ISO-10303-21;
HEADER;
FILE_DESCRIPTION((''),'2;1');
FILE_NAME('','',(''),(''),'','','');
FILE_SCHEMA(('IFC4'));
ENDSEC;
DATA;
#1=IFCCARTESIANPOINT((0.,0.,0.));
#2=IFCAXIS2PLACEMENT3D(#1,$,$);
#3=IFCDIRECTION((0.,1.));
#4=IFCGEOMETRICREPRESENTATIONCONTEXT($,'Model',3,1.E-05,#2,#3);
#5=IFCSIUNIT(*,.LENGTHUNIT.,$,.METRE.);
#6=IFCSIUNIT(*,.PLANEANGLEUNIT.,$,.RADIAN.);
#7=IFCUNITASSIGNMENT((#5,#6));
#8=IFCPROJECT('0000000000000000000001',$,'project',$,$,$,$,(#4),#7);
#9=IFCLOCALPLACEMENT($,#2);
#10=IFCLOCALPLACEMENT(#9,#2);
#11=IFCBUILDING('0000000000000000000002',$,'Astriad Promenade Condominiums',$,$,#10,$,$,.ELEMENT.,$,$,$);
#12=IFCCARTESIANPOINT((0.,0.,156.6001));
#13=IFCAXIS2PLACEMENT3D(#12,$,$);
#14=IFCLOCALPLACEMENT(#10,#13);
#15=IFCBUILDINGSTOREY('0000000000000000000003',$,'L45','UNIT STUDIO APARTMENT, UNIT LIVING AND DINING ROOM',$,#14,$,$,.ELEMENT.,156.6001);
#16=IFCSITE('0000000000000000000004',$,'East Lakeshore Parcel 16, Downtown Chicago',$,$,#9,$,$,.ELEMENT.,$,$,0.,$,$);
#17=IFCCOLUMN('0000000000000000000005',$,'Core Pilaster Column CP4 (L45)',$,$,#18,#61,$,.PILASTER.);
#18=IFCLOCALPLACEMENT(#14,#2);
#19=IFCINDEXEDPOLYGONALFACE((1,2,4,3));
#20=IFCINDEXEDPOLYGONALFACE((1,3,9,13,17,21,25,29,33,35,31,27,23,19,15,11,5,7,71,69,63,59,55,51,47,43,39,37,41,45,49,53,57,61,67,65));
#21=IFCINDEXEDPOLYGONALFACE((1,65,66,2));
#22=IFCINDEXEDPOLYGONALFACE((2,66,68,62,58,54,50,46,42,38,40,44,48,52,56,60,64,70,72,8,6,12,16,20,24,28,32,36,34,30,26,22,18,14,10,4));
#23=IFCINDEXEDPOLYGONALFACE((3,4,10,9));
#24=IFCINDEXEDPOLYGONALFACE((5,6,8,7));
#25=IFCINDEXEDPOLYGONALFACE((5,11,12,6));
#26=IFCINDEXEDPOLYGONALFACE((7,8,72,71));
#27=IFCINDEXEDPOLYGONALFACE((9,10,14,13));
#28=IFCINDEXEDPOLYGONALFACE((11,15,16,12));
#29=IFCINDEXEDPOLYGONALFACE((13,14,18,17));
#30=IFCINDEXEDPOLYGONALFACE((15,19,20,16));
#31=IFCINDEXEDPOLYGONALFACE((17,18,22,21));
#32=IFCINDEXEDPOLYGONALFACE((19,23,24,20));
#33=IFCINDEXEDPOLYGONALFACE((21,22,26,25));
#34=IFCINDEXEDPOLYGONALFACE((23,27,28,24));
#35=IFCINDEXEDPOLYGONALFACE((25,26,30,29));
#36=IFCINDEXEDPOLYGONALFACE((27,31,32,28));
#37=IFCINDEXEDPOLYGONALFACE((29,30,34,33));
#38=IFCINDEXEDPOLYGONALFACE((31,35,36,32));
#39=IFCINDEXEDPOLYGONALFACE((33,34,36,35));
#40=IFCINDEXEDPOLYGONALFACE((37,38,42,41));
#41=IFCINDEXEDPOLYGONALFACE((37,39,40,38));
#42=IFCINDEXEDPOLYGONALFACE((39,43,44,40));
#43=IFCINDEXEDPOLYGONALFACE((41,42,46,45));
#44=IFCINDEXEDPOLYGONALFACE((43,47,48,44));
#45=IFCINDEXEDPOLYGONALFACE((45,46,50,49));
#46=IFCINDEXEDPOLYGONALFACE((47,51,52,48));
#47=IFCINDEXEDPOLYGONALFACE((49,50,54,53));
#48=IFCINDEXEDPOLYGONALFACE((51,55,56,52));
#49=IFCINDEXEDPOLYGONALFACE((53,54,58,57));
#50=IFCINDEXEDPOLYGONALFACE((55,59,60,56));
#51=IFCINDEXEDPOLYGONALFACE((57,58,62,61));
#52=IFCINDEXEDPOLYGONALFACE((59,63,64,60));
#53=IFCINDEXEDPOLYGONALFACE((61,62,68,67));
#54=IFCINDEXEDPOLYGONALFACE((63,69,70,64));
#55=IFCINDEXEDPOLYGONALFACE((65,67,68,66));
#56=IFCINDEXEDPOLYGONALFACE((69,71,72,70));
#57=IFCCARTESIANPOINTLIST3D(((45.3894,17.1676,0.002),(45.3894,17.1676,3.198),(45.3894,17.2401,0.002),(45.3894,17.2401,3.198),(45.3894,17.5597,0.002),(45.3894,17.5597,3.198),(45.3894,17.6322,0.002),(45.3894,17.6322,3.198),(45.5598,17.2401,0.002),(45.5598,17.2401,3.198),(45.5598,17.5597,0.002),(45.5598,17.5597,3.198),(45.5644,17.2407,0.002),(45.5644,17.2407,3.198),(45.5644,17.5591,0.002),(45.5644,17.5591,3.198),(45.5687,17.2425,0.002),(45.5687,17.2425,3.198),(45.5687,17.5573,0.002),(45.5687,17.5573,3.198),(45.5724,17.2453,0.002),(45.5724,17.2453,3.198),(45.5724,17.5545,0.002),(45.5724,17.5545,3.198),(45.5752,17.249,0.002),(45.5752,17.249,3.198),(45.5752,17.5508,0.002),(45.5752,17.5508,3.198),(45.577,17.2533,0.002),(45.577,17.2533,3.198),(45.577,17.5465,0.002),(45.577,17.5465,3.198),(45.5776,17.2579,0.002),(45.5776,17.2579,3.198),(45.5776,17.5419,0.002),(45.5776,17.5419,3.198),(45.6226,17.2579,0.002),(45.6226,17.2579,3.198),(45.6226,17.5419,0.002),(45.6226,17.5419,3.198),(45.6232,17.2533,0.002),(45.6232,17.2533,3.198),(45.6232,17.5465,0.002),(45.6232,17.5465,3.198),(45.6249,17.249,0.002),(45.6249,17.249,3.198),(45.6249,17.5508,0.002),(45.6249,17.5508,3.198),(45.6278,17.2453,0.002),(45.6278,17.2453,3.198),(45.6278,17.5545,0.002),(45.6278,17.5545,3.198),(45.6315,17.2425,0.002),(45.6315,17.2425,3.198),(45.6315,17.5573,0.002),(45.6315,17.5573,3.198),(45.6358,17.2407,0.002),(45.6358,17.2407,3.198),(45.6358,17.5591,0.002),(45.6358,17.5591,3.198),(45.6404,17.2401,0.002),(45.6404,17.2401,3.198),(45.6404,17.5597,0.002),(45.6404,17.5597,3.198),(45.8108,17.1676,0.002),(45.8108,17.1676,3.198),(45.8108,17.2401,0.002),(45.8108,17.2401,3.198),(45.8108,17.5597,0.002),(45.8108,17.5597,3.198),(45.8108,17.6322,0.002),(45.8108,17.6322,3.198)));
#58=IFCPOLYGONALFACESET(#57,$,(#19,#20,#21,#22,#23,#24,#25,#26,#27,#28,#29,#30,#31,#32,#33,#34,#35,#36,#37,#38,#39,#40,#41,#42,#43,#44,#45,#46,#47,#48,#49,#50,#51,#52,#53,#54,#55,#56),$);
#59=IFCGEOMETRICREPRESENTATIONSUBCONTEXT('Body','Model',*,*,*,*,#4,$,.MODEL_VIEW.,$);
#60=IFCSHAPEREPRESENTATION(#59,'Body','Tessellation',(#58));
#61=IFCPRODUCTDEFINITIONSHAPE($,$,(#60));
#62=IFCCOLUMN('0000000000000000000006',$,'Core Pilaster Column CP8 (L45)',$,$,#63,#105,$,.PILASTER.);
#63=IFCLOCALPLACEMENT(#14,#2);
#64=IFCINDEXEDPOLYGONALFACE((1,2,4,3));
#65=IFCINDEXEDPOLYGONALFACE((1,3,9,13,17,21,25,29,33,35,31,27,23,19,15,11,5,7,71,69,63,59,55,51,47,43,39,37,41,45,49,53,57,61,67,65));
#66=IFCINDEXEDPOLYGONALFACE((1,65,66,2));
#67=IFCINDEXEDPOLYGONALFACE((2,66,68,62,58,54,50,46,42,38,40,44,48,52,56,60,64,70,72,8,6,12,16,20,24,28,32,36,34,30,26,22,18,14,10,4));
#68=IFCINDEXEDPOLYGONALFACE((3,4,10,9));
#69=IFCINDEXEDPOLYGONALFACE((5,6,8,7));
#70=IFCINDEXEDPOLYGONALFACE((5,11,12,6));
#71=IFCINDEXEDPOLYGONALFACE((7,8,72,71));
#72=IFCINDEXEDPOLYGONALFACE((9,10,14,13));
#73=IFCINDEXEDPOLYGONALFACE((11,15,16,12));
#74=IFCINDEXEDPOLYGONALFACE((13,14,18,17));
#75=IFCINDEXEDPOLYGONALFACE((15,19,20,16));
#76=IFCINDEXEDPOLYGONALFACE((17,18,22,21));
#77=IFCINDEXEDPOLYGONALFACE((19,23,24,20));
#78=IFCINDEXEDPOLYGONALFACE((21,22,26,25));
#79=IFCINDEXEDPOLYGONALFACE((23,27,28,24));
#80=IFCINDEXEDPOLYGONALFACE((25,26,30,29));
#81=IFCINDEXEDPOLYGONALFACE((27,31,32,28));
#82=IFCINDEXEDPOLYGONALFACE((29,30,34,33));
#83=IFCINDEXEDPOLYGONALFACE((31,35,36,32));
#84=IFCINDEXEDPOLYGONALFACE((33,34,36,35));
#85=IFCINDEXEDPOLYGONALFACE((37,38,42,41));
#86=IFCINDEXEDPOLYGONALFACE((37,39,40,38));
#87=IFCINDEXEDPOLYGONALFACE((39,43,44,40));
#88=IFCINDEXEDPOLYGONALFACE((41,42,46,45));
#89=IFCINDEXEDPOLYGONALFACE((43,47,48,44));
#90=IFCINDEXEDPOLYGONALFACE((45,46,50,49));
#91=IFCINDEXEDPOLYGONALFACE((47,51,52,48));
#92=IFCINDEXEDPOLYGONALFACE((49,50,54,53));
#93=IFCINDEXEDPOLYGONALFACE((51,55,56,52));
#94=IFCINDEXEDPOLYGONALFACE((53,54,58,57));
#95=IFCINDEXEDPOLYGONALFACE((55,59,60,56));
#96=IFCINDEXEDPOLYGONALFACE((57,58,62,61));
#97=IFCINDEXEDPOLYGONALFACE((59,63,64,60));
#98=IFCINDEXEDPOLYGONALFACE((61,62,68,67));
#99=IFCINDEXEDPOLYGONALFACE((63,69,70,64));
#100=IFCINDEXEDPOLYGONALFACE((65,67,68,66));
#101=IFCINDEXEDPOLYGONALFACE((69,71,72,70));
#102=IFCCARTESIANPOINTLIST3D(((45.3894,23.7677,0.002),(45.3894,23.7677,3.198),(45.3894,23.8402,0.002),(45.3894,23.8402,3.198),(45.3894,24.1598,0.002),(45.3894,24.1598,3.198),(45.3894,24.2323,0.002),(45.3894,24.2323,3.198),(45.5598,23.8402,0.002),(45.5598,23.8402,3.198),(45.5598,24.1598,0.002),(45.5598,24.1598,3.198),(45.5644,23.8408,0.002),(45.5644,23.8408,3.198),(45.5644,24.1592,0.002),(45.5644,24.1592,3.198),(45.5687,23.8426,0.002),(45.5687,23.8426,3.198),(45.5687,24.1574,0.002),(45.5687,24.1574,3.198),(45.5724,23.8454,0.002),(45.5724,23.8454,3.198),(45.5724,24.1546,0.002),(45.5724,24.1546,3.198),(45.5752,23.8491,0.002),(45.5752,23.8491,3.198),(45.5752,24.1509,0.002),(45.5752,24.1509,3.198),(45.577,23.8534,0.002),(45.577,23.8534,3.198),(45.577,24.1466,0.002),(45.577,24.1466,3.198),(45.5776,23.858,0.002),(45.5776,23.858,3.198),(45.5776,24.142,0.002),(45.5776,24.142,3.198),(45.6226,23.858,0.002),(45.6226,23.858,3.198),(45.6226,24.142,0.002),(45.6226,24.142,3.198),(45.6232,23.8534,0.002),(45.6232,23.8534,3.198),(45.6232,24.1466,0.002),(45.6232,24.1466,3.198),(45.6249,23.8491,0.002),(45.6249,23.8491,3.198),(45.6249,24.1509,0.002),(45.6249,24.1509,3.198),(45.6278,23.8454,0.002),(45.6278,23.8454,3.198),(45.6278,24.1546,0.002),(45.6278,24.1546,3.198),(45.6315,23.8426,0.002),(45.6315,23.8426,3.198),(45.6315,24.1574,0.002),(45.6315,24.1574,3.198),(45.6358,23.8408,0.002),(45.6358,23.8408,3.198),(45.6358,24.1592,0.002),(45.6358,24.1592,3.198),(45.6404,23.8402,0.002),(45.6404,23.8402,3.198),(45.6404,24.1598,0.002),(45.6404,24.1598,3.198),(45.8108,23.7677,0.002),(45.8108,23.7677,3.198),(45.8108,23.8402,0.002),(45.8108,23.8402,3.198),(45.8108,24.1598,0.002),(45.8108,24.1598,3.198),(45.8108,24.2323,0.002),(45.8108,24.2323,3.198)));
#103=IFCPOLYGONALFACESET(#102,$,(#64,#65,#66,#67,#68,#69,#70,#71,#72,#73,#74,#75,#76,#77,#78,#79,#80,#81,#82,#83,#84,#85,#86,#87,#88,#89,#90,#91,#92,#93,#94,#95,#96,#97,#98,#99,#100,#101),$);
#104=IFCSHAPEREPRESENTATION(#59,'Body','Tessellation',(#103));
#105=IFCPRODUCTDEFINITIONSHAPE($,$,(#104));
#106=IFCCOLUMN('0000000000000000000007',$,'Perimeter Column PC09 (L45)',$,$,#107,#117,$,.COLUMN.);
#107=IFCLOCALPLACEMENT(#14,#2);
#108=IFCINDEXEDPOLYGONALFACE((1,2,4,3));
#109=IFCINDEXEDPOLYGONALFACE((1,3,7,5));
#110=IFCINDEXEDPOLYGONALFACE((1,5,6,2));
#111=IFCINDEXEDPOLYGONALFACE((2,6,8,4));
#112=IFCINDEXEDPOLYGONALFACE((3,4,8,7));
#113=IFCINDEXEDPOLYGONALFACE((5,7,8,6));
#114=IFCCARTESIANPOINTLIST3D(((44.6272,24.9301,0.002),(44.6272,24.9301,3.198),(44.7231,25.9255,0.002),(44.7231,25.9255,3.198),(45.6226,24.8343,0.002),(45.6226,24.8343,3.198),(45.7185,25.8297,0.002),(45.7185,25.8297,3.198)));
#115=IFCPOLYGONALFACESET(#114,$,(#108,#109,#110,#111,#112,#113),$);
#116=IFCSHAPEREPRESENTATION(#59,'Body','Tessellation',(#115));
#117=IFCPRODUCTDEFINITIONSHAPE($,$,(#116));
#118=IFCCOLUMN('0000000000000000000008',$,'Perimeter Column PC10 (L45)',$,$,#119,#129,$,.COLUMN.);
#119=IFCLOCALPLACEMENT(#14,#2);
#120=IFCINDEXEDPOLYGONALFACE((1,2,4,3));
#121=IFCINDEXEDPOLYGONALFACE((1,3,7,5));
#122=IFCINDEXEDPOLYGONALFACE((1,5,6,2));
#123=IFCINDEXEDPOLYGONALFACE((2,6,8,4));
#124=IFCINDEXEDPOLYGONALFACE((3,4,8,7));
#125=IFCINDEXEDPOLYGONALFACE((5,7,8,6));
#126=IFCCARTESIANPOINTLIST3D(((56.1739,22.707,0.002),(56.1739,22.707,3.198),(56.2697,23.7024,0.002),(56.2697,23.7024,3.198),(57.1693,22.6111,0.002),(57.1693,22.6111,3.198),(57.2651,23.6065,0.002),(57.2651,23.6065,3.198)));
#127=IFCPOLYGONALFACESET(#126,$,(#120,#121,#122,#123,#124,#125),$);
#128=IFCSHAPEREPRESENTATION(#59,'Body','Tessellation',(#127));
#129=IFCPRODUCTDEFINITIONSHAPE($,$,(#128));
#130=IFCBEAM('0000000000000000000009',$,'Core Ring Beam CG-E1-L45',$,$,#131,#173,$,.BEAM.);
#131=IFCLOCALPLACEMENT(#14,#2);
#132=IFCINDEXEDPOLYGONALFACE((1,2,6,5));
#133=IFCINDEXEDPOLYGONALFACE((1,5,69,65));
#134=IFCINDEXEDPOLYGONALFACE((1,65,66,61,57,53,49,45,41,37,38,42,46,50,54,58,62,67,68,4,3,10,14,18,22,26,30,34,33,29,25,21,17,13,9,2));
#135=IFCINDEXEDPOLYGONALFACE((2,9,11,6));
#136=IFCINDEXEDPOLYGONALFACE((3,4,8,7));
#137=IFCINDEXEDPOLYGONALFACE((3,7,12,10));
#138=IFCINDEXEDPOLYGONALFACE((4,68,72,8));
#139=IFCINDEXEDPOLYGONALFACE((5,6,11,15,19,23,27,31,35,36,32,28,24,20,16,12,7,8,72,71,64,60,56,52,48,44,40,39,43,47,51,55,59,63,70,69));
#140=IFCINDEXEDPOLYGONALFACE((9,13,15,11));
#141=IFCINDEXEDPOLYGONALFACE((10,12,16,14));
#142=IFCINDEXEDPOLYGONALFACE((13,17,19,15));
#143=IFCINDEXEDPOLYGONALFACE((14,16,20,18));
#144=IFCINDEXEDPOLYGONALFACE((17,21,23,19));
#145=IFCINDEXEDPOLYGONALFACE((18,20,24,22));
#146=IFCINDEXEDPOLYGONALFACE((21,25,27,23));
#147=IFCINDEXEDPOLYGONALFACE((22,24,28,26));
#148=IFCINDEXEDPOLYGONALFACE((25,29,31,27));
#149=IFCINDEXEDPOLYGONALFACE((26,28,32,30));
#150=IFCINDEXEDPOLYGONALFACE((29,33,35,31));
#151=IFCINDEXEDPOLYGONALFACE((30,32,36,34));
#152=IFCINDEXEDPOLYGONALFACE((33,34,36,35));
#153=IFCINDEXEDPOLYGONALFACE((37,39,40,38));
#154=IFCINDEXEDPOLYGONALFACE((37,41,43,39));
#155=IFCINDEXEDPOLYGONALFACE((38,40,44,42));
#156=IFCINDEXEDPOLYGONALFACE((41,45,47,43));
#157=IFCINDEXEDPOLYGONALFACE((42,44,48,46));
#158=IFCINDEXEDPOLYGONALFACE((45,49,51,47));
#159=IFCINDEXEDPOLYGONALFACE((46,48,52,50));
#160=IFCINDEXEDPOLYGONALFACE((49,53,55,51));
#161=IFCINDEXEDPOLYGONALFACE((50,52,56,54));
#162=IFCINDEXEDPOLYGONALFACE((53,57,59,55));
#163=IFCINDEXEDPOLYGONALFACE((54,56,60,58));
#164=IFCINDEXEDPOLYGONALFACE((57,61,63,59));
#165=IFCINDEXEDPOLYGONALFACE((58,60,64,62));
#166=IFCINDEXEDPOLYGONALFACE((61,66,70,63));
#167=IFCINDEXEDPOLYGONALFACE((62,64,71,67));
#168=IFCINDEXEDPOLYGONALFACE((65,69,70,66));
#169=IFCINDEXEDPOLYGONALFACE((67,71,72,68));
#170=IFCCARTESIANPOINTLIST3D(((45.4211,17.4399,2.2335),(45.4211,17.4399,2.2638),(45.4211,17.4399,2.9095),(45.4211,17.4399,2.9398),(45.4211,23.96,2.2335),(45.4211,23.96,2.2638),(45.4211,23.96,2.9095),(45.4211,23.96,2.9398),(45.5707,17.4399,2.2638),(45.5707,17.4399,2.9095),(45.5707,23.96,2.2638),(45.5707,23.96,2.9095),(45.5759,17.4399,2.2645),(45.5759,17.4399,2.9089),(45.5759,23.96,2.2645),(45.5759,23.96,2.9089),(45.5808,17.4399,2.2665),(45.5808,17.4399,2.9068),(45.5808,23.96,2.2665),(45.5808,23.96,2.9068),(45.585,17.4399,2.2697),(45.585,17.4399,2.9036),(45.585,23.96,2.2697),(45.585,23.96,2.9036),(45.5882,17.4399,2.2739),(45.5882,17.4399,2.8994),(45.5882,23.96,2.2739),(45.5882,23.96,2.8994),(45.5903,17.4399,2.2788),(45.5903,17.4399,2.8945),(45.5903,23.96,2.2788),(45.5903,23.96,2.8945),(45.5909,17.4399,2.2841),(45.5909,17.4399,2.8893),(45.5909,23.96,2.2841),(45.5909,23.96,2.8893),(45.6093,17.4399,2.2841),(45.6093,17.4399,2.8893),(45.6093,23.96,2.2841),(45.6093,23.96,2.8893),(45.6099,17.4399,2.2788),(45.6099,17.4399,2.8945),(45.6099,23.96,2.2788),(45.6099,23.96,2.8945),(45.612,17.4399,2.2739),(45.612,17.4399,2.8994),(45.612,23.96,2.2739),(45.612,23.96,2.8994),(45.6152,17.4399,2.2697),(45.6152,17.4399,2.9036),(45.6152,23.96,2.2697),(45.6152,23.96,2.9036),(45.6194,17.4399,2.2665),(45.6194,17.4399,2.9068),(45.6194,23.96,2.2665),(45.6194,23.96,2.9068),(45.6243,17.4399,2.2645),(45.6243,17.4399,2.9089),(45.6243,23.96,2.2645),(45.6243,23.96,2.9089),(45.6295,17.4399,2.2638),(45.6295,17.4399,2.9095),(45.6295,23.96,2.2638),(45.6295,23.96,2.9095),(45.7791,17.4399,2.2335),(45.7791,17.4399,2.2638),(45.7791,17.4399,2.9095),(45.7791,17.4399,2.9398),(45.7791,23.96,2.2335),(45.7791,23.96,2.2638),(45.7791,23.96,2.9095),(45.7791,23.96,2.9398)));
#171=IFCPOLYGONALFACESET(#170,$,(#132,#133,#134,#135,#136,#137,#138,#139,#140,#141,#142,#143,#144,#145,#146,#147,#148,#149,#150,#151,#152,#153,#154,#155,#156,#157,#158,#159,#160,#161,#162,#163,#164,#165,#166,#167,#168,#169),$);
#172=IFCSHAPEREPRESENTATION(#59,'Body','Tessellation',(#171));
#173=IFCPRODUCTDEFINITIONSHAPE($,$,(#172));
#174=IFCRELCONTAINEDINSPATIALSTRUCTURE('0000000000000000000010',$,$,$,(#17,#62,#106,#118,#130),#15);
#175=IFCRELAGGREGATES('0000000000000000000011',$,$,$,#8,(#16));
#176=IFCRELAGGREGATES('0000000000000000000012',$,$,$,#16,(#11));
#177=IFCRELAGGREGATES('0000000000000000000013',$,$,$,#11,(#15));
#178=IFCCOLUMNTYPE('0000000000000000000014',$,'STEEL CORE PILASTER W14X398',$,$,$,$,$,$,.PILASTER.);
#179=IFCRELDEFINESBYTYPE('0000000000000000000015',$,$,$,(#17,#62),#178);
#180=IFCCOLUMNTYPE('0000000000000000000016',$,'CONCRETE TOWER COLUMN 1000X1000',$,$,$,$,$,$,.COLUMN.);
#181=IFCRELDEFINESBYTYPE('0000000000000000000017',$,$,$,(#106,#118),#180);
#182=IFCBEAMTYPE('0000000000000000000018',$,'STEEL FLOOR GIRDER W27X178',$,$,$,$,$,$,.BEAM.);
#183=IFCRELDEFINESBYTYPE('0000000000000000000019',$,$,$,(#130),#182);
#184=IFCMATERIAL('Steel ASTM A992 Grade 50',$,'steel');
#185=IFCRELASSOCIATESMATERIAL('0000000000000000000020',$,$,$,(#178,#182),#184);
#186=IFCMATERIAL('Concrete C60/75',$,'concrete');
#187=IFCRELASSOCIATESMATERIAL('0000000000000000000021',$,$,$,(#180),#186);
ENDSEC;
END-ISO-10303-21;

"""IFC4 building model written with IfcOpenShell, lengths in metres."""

from ifc_helpers import new_model, si_unit, direction, frame, origin, origin_2d, place, context, subcontext, project, spatial, rectangle, i_section, extrude, source, transform, mapped, material, material_profile, profile_set, type_object, type_shapes, element, save


model = new_model("IFC4")

# Units and contexts
model_context = context("Model", 3, precision=1e-05, world=origin(), true_north=direction((0.0, 1.0)))
body_context = subcontext(model_context, "Body", "Model", "MODEL_VIEW")
ifc_project = project(units=[si_unit("LENGTHUNIT", "METRE"), si_unit("PLANEANGLEUNIT", "RADIAN")], contexts=[model_context])

# Site, building, storey
site_placement = place(None, origin())
site = spatial("IfcSite", under=ifc_project, at=site_placement, Name="East Lakeshore Parcel 16, Downtown Chicago", CompositionType="ELEMENT", RefElevation=0.0)
building_placement = place(site_placement, origin())
building = spatial("IfcBuilding", under=site, at=building_placement, Name="Astriad Promenade Condominiums", CompositionType="ELEMENT")
storey_placement = place(building_placement, frame((0.0, 0.0, 156.6001)))
storey = spatial("IfcBuildingStorey", under=building, at=storey_placement, Name="L45", Description="UNIT STUDIO APARTMENT, UNIT LIVING AND DINING ROOM", CompositionType="ELEMENT", Elevation=156.6001)

# Columns
ifc_material_1 = material(Name="Steel ASTM A992 Grade 50", Category="steel")
ifc_material_profile_1 = material_profile(ifc_material_1, i_section(OverallWidth=0.4214, OverallDepth=0.4646, WebThickness=0.0449, FlangeThickness=0.0725, FilletRadius=0.0178, at=origin_2d()), Name="W14X398")
ifc_profile_set_1 = profile_set([ifc_material_profile_1], Name="Steel ASTM A992 Grade 50")
column_type_1 = type_object("IfcColumnType", Name="STEEL CORE PILASTER W14X398", PredefinedType="PILASTER", material=ifc_profile_set_1)
shared_shape_1 = source(origin(), body_context, "Body", "SweptSolid", [
    extrude(i_section(OverallWidth=0.4214, OverallDepth=0.4646, WebThickness=0.0449, FlangeThickness=0.0725, FilletRadius=0.0178, at=origin_2d()), origin(), (0.0, 0.0, 1.0), 3.196),
])
type_shapes(column_type_1, [shared_shape_1])
for number, where, z_axis, x_axis, name in (
    (1, (45.6001, 17.3999, 0.002), (0.0, 0.0, 1.0), (1.0, 0.0, 0.0), "Core Pilaster Column CP4 (L45)"),
    (2, (45.6001, 24.0, 0.002), (0.0, 0.0, 1.0), (1.0, 0.0, 0.0), "Core Pilaster Column CP8 (L45)"),
):
    element("IfcColumn", number, at=place(storey_placement, frame(where, z_axis=z_axis, x_axis=x_axis)), inside=storey, type_object=column_type_1, Name=name, PredefinedType="PILASTER", context=body_context, shape_type="MappedRepresentation", body=[
        mapped(shared_shape_1, transform((0.0, 0.0, 0.0), scale=1.0)),
    ])
ifc_material_2 = material(Name="Concrete C60/75", Category="concrete")
ifc_material_profile_2 = material_profile(ifc_material_2, rectangle(XDim=1.0, YDim=1.0, at=origin_2d()), Name="RC-COL-1000X1000")
ifc_profile_set_2 = profile_set([ifc_material_profile_2], Name="Concrete C60/75")
column_type_2 = type_object("IfcColumnType", Name="CONCRETE TOWER COLUMN 1000X1000", PredefinedType="COLUMN", material=ifc_profile_set_2)
shared_shape_2 = source(origin(), body_context, "Body", "SweptSolid", [
    extrude(rectangle(XDim=1.0, YDim=1.0, at=origin_2d()), origin(), (0.0, 0.0, 1.0), 3.196),
])
type_shapes(column_type_2, [shared_shape_2])
for number, where, z_axis, x_axis, name in (
    (3, (45.1729, 25.3799, 0.002), (0.0, 0.0, 1.0), (0.995396, -0.095846, 0.0), "Perimeter Column PC09 (L45)"),
    (4, (56.7195, 23.1567, 0.002), (0.0, 0.0, 1.0), (0.995396, -0.095846, 0.0), "Perimeter Column PC10 (L45)"),
):
    element("IfcColumn", number, at=place(storey_placement, frame(where, z_axis=z_axis, x_axis=x_axis)), inside=storey, type_object=column_type_2, Name=name, PredefinedType="COLUMN", context=body_context, shape_type="MappedRepresentation", body=[
        mapped(shared_shape_2, transform((0.0, 0.0, 0.0), scale=1.0)),
    ])

# Beam
ifc_material_profile_3 = material_profile(ifc_material_1, i_section(OverallWidth=0.3579, OverallDepth=0.7063, WebThickness=0.0183, FlangeThickness=0.0303, FilletRadius=0.0203, at=origin_2d()), Name="W27X178")
ifc_profile_set_3 = profile_set([ifc_material_profile_3], Name="Steel ASTM A992 Grade 50")
beam_type_1 = type_object("IfcBeamType", Name="STEEL FLOOR GIRDER W27X178", PredefinedType="BEAM", material=ifc_profile_set_3)
shared_shape_3 = source(origin(), body_context, "Body", "SweptSolid", [
    extrude(i_section(OverallWidth=0.3579, OverallDepth=0.7063, WebThickness=0.0183, FlangeThickness=0.0303, FilletRadius=0.0203, at=origin_2d()), origin(), (0.0, 0.0, 1.0), 6.52),
])
beam_1_placement = place(storey_placement, frame((45.6001, 17.4399, 2.5867), z_axis=(0.0, 1.0, 0.0), x_axis=(-1.0, 0.0, 0.0)))
element("IfcBeam", 5, at=beam_1_placement, inside=storey, type_object=beam_type_1, Name="Core Ring Beam CG-E1-L45", PredefinedType="BEAM", context=body_context, shape_type="MappedRepresentation", body=[
    mapped(shared_shape_3, transform((0.0, 0.0, 0.0), scale=1.0)),
])

save(model, "model.ifc")
